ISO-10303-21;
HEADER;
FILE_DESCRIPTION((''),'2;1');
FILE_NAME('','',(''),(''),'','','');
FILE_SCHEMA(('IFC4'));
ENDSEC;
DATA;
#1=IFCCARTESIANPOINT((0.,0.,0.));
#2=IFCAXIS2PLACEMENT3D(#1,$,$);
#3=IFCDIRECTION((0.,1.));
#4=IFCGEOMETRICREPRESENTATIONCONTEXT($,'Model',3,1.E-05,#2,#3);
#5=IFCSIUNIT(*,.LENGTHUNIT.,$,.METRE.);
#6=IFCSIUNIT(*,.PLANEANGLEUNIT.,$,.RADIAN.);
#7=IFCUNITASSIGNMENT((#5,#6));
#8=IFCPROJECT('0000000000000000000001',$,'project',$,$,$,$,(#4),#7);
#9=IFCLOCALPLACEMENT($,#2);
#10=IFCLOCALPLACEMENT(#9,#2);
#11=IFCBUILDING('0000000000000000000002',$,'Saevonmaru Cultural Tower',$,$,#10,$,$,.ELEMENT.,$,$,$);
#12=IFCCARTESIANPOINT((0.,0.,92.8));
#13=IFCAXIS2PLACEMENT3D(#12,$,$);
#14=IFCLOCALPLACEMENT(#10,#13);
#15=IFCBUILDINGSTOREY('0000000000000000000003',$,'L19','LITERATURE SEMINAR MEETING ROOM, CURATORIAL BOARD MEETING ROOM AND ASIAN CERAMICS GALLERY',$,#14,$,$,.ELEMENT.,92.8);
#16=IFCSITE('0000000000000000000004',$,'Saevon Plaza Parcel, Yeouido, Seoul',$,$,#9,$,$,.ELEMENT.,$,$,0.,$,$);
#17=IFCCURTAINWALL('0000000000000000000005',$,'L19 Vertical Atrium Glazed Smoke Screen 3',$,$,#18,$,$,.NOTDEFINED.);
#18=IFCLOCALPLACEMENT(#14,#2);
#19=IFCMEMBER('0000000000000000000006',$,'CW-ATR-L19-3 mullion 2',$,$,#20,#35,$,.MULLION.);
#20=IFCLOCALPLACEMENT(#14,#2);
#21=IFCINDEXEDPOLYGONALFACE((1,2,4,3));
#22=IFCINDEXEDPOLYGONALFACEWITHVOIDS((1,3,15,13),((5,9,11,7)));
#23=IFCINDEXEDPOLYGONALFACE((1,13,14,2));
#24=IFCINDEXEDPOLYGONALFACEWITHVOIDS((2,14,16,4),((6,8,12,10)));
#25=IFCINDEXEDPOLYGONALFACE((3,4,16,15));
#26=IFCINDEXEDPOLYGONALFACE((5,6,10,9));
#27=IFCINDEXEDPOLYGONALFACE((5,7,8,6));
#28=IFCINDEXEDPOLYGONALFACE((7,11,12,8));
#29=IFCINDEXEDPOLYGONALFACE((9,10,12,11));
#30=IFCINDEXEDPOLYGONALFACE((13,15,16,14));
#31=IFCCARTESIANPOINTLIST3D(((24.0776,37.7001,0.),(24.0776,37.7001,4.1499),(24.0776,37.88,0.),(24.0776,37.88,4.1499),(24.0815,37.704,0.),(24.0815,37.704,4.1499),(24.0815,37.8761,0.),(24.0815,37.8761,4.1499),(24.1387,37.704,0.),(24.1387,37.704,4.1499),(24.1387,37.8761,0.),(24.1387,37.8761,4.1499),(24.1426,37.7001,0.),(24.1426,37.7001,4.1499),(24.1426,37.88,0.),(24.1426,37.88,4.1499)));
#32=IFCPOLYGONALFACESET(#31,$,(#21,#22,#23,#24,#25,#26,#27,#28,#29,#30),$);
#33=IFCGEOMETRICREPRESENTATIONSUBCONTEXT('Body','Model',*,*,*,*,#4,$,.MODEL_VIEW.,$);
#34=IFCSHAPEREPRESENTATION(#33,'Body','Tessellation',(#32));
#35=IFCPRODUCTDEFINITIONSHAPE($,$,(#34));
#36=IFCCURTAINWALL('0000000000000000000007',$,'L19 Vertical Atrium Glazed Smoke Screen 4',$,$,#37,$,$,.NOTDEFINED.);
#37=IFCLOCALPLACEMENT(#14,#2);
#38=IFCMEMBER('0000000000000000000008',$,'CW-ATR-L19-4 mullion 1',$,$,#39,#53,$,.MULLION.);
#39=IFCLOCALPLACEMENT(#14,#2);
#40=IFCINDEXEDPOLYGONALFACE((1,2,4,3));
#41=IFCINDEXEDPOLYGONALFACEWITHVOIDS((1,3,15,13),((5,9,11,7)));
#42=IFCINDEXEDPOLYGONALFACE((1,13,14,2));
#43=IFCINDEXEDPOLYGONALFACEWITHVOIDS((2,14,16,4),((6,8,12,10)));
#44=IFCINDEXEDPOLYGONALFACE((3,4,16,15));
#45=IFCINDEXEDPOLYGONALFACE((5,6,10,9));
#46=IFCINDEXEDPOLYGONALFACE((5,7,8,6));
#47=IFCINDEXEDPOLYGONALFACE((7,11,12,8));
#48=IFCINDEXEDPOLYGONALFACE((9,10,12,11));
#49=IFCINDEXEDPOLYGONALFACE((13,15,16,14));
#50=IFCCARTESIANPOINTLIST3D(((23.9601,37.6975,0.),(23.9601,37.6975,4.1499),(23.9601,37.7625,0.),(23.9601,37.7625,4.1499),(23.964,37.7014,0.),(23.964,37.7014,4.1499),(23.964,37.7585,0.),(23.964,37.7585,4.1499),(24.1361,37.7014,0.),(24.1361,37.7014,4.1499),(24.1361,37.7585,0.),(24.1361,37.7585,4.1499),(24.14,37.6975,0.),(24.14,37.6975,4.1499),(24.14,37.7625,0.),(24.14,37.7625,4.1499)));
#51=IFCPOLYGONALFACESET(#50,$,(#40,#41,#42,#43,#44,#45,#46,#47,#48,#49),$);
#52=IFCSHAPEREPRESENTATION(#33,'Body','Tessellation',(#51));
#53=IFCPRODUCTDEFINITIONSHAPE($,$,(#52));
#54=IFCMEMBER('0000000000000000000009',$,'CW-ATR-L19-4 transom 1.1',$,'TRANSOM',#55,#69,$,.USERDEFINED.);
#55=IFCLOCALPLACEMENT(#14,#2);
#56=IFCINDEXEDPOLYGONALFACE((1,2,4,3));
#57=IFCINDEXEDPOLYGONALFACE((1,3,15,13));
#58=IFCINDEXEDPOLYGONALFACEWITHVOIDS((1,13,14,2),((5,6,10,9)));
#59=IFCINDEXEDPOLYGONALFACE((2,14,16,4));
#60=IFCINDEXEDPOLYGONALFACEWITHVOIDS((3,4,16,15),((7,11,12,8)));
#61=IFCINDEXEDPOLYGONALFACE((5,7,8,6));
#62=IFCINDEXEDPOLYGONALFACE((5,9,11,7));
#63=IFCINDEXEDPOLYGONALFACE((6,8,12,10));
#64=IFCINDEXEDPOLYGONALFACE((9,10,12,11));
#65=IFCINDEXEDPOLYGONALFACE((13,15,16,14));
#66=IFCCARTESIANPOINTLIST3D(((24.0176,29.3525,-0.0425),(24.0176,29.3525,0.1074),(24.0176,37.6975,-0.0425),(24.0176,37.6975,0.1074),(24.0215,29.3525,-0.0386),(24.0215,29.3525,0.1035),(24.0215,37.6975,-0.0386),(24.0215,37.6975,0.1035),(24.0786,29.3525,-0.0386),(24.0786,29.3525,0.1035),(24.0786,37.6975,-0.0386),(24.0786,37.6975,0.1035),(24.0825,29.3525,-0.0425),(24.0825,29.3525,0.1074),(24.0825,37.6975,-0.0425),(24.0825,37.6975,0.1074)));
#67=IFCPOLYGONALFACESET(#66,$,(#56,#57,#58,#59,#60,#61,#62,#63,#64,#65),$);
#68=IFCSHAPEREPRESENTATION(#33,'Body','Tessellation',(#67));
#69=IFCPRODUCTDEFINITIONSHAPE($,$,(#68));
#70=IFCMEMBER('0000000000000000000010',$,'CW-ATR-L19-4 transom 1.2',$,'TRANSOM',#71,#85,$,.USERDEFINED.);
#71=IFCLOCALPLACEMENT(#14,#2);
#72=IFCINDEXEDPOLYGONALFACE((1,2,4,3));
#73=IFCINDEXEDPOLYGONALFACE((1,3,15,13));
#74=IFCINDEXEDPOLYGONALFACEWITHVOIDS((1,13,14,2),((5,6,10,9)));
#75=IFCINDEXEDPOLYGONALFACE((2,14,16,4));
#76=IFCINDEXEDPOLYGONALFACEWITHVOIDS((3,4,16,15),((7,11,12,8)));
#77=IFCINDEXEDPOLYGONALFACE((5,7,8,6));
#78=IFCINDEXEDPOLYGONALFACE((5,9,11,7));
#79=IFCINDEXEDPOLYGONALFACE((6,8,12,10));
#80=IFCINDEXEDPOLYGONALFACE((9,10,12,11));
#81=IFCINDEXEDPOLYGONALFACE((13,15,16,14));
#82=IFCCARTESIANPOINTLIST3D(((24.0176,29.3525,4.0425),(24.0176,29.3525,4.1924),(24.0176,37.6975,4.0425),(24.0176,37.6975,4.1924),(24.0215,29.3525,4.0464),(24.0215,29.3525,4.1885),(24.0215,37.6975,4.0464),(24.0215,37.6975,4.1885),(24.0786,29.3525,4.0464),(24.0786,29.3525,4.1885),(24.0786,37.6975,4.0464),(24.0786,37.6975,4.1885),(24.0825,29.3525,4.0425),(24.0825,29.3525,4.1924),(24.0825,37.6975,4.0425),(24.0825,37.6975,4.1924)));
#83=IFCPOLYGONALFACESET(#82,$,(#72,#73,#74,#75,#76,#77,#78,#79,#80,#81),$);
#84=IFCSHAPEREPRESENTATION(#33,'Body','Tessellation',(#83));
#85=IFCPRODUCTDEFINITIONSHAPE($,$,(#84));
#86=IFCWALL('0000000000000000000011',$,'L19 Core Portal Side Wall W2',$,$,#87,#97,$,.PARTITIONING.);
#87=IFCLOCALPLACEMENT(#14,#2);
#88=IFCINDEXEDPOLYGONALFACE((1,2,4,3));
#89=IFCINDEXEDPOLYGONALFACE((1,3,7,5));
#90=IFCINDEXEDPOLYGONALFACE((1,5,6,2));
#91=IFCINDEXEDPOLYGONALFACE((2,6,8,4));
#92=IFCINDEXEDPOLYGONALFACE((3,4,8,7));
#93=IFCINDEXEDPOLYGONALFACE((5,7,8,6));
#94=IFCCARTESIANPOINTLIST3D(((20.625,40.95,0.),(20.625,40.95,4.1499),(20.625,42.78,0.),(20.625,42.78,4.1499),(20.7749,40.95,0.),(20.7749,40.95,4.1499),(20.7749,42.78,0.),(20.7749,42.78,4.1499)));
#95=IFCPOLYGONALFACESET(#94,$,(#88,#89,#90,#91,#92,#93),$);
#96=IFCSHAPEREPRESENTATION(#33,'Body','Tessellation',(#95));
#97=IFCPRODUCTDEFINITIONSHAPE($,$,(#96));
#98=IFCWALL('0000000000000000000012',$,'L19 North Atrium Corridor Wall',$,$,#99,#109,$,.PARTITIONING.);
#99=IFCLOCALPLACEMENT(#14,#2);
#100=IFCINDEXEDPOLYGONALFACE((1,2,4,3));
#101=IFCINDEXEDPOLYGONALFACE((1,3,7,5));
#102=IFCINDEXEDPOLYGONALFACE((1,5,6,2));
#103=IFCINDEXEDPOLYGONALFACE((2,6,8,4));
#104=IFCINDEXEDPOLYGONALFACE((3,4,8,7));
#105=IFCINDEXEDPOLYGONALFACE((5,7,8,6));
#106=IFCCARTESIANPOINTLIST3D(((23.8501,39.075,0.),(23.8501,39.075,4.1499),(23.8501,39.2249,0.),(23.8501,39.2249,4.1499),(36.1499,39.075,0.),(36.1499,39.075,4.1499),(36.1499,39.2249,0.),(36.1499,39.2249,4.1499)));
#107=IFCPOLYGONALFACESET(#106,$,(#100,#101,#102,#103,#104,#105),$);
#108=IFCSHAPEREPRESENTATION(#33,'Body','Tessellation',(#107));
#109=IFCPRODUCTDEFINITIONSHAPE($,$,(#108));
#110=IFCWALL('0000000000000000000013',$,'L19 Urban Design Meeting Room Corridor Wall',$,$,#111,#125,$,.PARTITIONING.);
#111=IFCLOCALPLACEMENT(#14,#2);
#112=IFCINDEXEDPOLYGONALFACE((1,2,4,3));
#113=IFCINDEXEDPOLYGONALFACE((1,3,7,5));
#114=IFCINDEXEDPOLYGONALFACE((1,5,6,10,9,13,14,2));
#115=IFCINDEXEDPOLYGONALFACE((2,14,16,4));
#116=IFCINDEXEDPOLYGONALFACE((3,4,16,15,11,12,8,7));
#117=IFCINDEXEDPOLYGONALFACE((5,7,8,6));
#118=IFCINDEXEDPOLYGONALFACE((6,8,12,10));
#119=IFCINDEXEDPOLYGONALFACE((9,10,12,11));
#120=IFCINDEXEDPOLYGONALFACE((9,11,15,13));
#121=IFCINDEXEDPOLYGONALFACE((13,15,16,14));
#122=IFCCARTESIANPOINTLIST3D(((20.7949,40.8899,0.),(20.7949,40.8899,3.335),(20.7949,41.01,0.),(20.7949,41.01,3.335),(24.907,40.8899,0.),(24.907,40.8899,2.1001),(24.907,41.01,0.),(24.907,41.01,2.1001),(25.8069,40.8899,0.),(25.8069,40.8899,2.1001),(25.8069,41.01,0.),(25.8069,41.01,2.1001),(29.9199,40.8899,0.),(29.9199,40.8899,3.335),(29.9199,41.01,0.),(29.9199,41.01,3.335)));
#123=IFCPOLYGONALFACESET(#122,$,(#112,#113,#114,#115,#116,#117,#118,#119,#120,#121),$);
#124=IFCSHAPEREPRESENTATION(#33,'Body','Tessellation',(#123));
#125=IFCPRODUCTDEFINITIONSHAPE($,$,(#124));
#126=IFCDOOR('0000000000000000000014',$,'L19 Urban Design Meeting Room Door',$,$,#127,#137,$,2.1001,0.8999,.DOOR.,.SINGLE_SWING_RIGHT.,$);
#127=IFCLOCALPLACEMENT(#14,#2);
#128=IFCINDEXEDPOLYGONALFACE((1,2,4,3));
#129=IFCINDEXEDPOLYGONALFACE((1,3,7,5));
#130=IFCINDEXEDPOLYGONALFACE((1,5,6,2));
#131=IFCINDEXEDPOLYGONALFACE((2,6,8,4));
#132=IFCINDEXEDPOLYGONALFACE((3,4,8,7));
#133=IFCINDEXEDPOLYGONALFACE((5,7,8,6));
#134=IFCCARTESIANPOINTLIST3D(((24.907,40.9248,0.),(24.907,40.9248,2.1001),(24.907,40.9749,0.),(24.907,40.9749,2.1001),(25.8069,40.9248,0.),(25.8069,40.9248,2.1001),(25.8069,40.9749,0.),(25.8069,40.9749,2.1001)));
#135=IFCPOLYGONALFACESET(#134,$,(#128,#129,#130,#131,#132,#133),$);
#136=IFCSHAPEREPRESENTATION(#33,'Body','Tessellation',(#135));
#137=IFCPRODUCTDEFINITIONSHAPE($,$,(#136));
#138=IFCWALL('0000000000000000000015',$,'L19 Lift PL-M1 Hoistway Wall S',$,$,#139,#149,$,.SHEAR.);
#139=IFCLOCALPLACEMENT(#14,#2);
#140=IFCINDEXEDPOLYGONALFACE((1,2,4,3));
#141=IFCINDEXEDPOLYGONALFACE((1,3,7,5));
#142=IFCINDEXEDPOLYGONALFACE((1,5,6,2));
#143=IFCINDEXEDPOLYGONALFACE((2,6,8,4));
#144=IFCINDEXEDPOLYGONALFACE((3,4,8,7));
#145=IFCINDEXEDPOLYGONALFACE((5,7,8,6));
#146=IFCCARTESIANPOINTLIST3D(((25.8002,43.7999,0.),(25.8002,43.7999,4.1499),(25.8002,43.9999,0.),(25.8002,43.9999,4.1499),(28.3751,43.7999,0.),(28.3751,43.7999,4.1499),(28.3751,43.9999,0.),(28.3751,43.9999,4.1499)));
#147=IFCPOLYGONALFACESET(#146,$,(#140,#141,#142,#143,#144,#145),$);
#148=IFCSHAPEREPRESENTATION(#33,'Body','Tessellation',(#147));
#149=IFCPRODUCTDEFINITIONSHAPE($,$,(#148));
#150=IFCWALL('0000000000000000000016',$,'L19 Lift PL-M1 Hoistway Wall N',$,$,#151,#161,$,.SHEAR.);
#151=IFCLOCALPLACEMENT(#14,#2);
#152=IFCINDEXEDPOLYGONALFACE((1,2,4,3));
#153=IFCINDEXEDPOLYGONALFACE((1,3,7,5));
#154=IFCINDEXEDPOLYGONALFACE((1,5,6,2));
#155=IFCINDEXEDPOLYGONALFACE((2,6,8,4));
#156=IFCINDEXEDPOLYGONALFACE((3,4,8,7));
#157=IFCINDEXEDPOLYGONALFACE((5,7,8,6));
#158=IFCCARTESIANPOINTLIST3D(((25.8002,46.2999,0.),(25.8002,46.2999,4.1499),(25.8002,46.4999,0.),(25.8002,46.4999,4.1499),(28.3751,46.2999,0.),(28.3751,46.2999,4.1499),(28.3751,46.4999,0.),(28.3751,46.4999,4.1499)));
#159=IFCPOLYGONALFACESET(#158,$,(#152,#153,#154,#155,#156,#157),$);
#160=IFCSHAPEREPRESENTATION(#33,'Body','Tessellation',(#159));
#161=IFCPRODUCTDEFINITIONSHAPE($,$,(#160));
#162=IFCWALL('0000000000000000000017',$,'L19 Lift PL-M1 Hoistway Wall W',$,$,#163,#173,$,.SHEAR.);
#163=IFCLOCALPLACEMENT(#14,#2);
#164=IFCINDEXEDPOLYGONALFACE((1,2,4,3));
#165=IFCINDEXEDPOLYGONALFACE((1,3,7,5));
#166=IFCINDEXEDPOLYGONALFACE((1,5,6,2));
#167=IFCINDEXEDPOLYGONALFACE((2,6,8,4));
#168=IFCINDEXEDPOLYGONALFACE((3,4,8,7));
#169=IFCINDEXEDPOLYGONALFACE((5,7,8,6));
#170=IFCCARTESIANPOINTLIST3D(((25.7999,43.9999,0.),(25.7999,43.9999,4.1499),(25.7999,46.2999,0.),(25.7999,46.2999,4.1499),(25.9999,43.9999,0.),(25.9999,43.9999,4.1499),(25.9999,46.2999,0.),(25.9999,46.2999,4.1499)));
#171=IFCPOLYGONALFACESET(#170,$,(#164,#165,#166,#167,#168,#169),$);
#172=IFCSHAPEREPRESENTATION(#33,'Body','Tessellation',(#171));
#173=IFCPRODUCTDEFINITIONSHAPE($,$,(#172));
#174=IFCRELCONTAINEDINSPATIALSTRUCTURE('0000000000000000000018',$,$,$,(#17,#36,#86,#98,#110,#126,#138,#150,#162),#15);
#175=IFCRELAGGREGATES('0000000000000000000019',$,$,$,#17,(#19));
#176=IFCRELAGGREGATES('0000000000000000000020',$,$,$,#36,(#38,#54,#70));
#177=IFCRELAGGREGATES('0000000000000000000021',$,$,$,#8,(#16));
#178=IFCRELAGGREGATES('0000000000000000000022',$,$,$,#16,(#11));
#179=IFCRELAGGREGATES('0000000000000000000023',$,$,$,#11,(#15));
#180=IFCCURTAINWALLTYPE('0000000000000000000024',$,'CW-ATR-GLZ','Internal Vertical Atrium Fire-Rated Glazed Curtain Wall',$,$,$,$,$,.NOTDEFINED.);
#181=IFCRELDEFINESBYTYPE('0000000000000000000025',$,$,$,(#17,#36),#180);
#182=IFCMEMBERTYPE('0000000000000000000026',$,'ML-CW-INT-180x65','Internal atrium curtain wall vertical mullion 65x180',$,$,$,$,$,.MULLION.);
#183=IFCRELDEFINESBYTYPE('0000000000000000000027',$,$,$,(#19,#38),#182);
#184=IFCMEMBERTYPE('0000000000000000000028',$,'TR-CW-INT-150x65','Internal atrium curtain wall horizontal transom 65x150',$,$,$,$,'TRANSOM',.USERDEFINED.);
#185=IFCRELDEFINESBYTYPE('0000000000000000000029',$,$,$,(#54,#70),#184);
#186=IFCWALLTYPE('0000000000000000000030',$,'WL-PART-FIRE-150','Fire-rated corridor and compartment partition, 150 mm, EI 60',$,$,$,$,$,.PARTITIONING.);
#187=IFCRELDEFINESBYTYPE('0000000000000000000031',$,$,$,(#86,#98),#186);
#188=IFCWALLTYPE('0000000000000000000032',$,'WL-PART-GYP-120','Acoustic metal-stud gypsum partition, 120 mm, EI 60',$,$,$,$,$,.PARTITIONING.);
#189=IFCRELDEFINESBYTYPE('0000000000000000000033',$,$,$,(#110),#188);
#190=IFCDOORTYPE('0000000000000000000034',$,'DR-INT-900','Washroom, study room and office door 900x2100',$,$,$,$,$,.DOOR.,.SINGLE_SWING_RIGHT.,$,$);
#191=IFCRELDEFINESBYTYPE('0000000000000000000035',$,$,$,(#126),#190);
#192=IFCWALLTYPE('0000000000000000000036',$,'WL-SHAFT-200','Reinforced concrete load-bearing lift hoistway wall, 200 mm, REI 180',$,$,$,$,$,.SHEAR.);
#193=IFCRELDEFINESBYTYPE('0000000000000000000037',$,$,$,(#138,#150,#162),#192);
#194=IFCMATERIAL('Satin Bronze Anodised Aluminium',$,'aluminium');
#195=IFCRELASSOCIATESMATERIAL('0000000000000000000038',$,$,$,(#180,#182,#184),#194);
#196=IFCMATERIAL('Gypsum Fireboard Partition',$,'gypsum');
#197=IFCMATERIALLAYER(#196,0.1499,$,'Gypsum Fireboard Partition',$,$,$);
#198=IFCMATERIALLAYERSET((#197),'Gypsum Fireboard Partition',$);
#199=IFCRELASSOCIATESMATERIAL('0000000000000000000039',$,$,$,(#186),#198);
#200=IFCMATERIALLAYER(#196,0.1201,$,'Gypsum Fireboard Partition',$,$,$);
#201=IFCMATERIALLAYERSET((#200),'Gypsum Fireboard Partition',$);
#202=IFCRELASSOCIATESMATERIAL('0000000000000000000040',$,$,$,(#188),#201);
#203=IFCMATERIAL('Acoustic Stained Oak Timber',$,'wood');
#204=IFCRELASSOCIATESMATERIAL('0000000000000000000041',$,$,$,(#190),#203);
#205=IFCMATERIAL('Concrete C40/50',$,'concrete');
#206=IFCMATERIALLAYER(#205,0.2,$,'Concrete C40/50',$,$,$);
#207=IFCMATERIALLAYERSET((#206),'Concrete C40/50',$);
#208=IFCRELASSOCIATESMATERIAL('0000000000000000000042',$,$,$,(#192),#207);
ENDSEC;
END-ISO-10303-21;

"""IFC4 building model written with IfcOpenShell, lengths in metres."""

from ifc_helpers import new_model, si_unit, direction, frame, frame_2d, origin, origin_2d, place, context, subcontext, project, spatial, rectangle, hollow_rectangle, extrude, material, layer, layer_set, material_profile, profile_set, type_object, element, fill, aggregate, save


model = new_model("IFC4")

# Units and contexts
model_context = context("Model", 3, precision=1e-05, world=origin(), true_north=direction((0.0, 1.0)))
body_context = subcontext(model_context, "Body", "Model", "MODEL_VIEW")
ifc_project = project(units=[si_unit("LENGTHUNIT", "METRE"), si_unit("PLANEANGLEUNIT", "RADIAN")], contexts=[model_context])

# Site, building, storey
site_placement = place(None, origin())
site = spatial("IfcSite", under=ifc_project, at=site_placement, Name="Saevon Plaza Parcel, Yeouido, Seoul", CompositionType="ELEMENT", RefElevation=0.0)
building_placement = place(site_placement, origin())
building = spatial("IfcBuilding", under=site, at=building_placement, Name="Saevonmaru Cultural Tower", CompositionType="ELEMENT")
storey_placement = place(building_placement, frame((0.0, 0.0, 92.8)))
storey = spatial("IfcBuildingStorey", under=building, at=storey_placement, Name="L19", Description="LITERATURE SEMINAR MEETING ROOM, CURATORIAL BOARD MEETING ROOM AND ASIAN CERAMICS GALLERY", CompositionType="ELEMENT", Elevation=92.8)

# Curtain wall, member
ifc_material_1 = material(Name="Satin Bronze Anodised Aluminium", Category="aluminium")
curtain_wall_type = type_object("IfcCurtainWallType", Name="CW-ATR-GLZ", Description="Internal Vertical Atrium Fire-Rated Glazed Curtain Wall", PredefinedType="NOTDEFINED", material=ifc_material_1)
curtain_wall_1_placement = place(storey_placement, origin())
curtain_wall_1 = element("IfcCurtainWall", 1, at=curtain_wall_1_placement, inside=storey, type_object=curtain_wall_type, Name="L19 Vertical Atrium Glazed Smoke Screen 3", PredefinedType="NOTDEFINED")
ifc_material_profile_1 = material_profile(ifc_material_1, hollow_rectangle(XDim=0.0649, YDim=0.1799, WallThickness=0.0039, at=origin_2d()), Name="ALU-MULL-180x65x4")
ifc_profile_set_1 = profile_set([ifc_material_profile_1], Name="Satin Bronze Anodised Aluminium")
member_type_1 = type_object("IfcMemberType", Name="ML-CW-INT-180x65", Description="Internal atrium curtain wall vertical mullion 65x180", PredefinedType="MULLION", material=ifc_profile_set_1)
member_1_placement = place(storey_placement, frame((24.1101, 37.79, 0.0), z_axis=(0.0, 0.0, 1.0), x_axis=(-1.0, 0.0, 0.0)))
member_1 = element("IfcMember", 2, at=member_1_placement, type_object=member_type_1, Name="CW-ATR-L19-3 mullion 2", PredefinedType="MULLION", context=body_context, shape_type="SweptSolid", body=[
    extrude(hollow_rectangle(XDim=0.0649, YDim=0.1799, WallThickness=0.0039, at=origin_2d()), origin(), (0.0, 0.0, 1.0), 4.1499),
])
aggregate(curtain_wall_1, [member_1])

# Curtain wall, members
curtain_wall_2_placement = place(storey_placement, origin())
curtain_wall_2 = element("IfcCurtainWall", 3, at=curtain_wall_2_placement, inside=storey, type_object=curtain_wall_type, Name="L19 Vertical Atrium Glazed Smoke Screen 4", PredefinedType="NOTDEFINED")
member_2_placement = place(storey_placement, frame((24.05, 37.73, 0.0), z_axis=(0.0, 0.0, 1.0), x_axis=(0.0, -1.0, 0.0)))
member_2 = element("IfcMember", 4, at=member_2_placement, type_object=member_type_1, Name="CW-ATR-L19-4 mullion 1", PredefinedType="MULLION", context=body_context, shape_type="SweptSolid", body=[
    extrude(hollow_rectangle(XDim=0.0649, YDim=0.1799, WallThickness=0.0039, at=origin_2d()), origin(), (0.0, 0.0, 1.0), 4.1499),
])
ifc_material_profile_2 = material_profile(ifc_material_1, hollow_rectangle(XDim=0.0649, YDim=0.1499, WallThickness=0.0039, at=origin_2d()), Name="ALU-TRAN-150x65x4")
ifc_profile_set_2 = profile_set([ifc_material_profile_2], Name="Satin Bronze Anodised Aluminium")
member_type_2 = type_object("IfcMemberType", Name="TR-CW-INT-150x65", Description="Internal atrium curtain wall horizontal transom 65x150", ElementType="TRANSOM", PredefinedType="USERDEFINED", material=ifc_profile_set_2)
member_3_placement = place(storey_placement, frame((24.05, 37.6975, 0.0325), z_axis=(0.0, -1.0, 0.0), x_axis=(1.0, 0.0, 0.0)))
member_3 = element("IfcMember", 5, at=member_3_placement, type_object=member_type_2, Name="CW-ATR-L19-4 transom 1.1", ObjectType="TRANSOM", PredefinedType="USERDEFINED", context=body_context, shape_type="SweptSolid", body=[
    extrude(hollow_rectangle(XDim=0.0649, YDim=0.1499, WallThickness=0.0039, at=origin_2d()), origin(), (0.0, 0.0, 1.0), 8.345),
])
member_4_placement = place(storey_placement, frame((24.05, 37.6975, 4.1174), z_axis=(0.0, -1.0, 0.0), x_axis=(1.0, 0.0, 0.0)))
member_4 = element("IfcMember", 6, at=member_4_placement, type_object=member_type_2, Name="CW-ATR-L19-4 transom 1.2", ObjectType="TRANSOM", PredefinedType="USERDEFINED", context=body_context, shape_type="SweptSolid", body=[
    extrude(hollow_rectangle(XDim=0.0649, YDim=0.1499, WallThickness=0.0039, at=origin_2d()), origin(), (0.0, 0.0, 1.0), 8.345),
])
aggregate(curtain_wall_2, [member_2, member_3, member_4])

# Shared definitions
ifc_material_2 = material(Name="Gypsum Fireboard Partition", Category="gypsum")

# Walls
ifc_layer_1 = layer(ifc_material_2, 0.1499, Name="Gypsum Fireboard Partition")
ifc_layer_set_1 = layer_set([ifc_layer_1], Name="Gypsum Fireboard Partition")
wall_type_1 = type_object("IfcWallType", Name="WL-PART-FIRE-150", Description="Fire-rated corridor and compartment partition, 150 mm, EI 60", PredefinedType="PARTITIONING", material=ifc_layer_set_1)
wall_1_placement = place(storey_placement, frame((20.7, 40.95, 0.0), z_axis=(0.0, 0.0, 1.0), x_axis=(0.0, 1.0, 0.0)))
element("IfcWall", 7, at=wall_1_placement, inside=storey, type_object=wall_type_1, Name="L19 Core Portal Side Wall W2", PredefinedType="PARTITIONING", context=body_context, shape_type="SweptSolid", body=[
    extrude(rectangle(XDim=1.8301, YDim=0.1499, at=frame_2d((0.915, 0.0))), origin(), (0.0, 0.0, 1.0), 4.1499),
])
wall_2_placement = place(storey_placement, frame((23.8501, 39.1499, 0.0), z_axis=(0.0, 0.0, 1.0), x_axis=(1.0, 0.0, 0.0)))
element("IfcWall", 8, at=wall_2_placement, inside=storey, type_object=wall_type_1, Name="L19 North Atrium Corridor Wall", PredefinedType="PARTITIONING", context=body_context, shape_type="SweptSolid", body=[
    extrude(rectangle(XDim=12.2998, YDim=0.1499, at=frame_2d((6.1499, 0.0))), origin(), (0.0, 0.0, 1.0), 4.1499),
])

# Wall, opening, door
ifc_layer_2 = layer(ifc_material_2, 0.1201, Name="Gypsum Fireboard Partition")
ifc_layer_set_2 = layer_set([ifc_layer_2], Name="Gypsum Fireboard Partition")
wall_type_2 = type_object("IfcWallType", Name="WL-PART-GYP-120", Description="Acoustic metal-stud gypsum partition, 120 mm, EI 60", PredefinedType="PARTITIONING", material=ifc_layer_set_2)
wall_3_placement = place(storey_placement, frame((20.7949, 40.95, 0.0), z_axis=(0.0, 0.0, 1.0), x_axis=(1.0, 0.0, 0.0)))
wall_3 = element("IfcWall", 9, at=wall_3_placement, inside=storey, type_object=wall_type_2, Name="L19 Urban Design Meeting Room Corridor Wall", PredefinedType="PARTITIONING", context=body_context, shape_type="SweptSolid", body=[
    extrude(rectangle(XDim=9.125, YDim=0.1201, at=frame_2d((4.5625, 0.0))), origin(), (0.0, 0.0, 1.0), 3.335),
])
opening_1_placement = place(wall_3_placement, frame((4.1121, 0.0, 0.0)))
opening_1 = element("IfcOpeningElement", 10, at=opening_1_placement, cuts=wall_3, PredefinedType="OPENING", context=body_context, shape_type="SweptSolid", body=[
    extrude(rectangle(XDim=0.8999, YDim=2.1001, at=frame_2d((0.45, 1.05))), frame((0.0, 0.0701, 0.0), z_axis=(0.0, -1.0, 0.0), x_axis=(1.0, 0.0, 0.0)), (0.0, 0.0, 1.0), 0.1401),
])
ifc_material_3 = material(Name="Acoustic Stained Oak Timber", Category="wood")
door_type_1 = type_object("IfcDoorType", Name="DR-INT-900", Description="Washroom, study room and office door 900x2100", OperationType="SINGLE_SWING_RIGHT", PredefinedType="DOOR", material=ifc_material_3)
door_1_placement = place(opening_1_placement, origin())
door_1 = element("IfcDoor", 11, at=door_1_placement, inside=storey, type_object=door_type_1, Name="L19 Urban Design Meeting Room Door", OperationType="SINGLE_SWING_RIGHT", OverallHeight=2.1001, OverallWidth=0.8999, PredefinedType="DOOR", context=body_context, shape_type="SweptSolid", body=[
    extrude(rectangle(XDim=0.8999, YDim=2.1001, at=frame_2d((0.45, 1.05))), frame((0.0, 0.0249, 0.0), z_axis=(0.0, -1.0, 0.0), x_axis=(1.0, 0.0, 0.0)), (0.0, 0.0, 1.0), 0.05),
])
fill(opening_1, door_1)

# Walls
ifc_material_4 = material(Name="Concrete C40/50", Category="concrete")
ifc_layer_3 = layer(ifc_material_4, 0.2, Name="Concrete C40/50")
ifc_layer_set_3 = layer_set([ifc_layer_3], Name="Concrete C40/50")
wall_type_3 = type_object("IfcWallType", Name="WL-SHAFT-200", Description="Reinforced concrete load-bearing lift hoistway wall, 200 mm, REI 180", PredefinedType="SHEAR", material=ifc_layer_set_3)
for number, where, z_axis, x_axis, name in (
    (12, (25.8, 43.8999, 0.0), (0.0, 0.0, 1.0), (1.0, 0.0, 0.0), "L19 Lift PL-M1 Hoistway Wall S"),
    (13, (25.8, 46.3999, 0.0), (0.0, 0.0, 1.0), (1.0, 0.0, 0.0), "L19 Lift PL-M1 Hoistway Wall N"),
):
    element("IfcWall", number, at=place(storey_placement, frame(where, z_axis=z_axis, x_axis=x_axis)), inside=storey, type_object=wall_type_3, Name=name, PredefinedType="SHEAR", context=body_context, shape_type="SweptSolid", body=[
        extrude(rectangle(XDim=2.575, YDim=0.2, at=frame_2d((1.2876, 0.0))), origin(), (0.0, 0.0, 1.0), 4.1499),
    ])
wall_4_placement = place(storey_placement, frame((25.8999, 44.0, 0.0), z_axis=(0.0, 0.0, 1.0), x_axis=(0.0, 1.0, 0.0)))
element("IfcWall", 14, at=wall_4_placement, inside=storey, type_object=wall_type_3, Name="L19 Lift PL-M1 Hoistway Wall W", PredefinedType="SHEAR", context=body_context, shape_type="SweptSolid", body=[
    extrude(rectangle(XDim=2.3, YDim=0.2, at=frame_2d((1.1499, 0.0))), origin(), (0.0, 0.0, 1.0), 4.1499),
])

save(model, "model.ifc")
